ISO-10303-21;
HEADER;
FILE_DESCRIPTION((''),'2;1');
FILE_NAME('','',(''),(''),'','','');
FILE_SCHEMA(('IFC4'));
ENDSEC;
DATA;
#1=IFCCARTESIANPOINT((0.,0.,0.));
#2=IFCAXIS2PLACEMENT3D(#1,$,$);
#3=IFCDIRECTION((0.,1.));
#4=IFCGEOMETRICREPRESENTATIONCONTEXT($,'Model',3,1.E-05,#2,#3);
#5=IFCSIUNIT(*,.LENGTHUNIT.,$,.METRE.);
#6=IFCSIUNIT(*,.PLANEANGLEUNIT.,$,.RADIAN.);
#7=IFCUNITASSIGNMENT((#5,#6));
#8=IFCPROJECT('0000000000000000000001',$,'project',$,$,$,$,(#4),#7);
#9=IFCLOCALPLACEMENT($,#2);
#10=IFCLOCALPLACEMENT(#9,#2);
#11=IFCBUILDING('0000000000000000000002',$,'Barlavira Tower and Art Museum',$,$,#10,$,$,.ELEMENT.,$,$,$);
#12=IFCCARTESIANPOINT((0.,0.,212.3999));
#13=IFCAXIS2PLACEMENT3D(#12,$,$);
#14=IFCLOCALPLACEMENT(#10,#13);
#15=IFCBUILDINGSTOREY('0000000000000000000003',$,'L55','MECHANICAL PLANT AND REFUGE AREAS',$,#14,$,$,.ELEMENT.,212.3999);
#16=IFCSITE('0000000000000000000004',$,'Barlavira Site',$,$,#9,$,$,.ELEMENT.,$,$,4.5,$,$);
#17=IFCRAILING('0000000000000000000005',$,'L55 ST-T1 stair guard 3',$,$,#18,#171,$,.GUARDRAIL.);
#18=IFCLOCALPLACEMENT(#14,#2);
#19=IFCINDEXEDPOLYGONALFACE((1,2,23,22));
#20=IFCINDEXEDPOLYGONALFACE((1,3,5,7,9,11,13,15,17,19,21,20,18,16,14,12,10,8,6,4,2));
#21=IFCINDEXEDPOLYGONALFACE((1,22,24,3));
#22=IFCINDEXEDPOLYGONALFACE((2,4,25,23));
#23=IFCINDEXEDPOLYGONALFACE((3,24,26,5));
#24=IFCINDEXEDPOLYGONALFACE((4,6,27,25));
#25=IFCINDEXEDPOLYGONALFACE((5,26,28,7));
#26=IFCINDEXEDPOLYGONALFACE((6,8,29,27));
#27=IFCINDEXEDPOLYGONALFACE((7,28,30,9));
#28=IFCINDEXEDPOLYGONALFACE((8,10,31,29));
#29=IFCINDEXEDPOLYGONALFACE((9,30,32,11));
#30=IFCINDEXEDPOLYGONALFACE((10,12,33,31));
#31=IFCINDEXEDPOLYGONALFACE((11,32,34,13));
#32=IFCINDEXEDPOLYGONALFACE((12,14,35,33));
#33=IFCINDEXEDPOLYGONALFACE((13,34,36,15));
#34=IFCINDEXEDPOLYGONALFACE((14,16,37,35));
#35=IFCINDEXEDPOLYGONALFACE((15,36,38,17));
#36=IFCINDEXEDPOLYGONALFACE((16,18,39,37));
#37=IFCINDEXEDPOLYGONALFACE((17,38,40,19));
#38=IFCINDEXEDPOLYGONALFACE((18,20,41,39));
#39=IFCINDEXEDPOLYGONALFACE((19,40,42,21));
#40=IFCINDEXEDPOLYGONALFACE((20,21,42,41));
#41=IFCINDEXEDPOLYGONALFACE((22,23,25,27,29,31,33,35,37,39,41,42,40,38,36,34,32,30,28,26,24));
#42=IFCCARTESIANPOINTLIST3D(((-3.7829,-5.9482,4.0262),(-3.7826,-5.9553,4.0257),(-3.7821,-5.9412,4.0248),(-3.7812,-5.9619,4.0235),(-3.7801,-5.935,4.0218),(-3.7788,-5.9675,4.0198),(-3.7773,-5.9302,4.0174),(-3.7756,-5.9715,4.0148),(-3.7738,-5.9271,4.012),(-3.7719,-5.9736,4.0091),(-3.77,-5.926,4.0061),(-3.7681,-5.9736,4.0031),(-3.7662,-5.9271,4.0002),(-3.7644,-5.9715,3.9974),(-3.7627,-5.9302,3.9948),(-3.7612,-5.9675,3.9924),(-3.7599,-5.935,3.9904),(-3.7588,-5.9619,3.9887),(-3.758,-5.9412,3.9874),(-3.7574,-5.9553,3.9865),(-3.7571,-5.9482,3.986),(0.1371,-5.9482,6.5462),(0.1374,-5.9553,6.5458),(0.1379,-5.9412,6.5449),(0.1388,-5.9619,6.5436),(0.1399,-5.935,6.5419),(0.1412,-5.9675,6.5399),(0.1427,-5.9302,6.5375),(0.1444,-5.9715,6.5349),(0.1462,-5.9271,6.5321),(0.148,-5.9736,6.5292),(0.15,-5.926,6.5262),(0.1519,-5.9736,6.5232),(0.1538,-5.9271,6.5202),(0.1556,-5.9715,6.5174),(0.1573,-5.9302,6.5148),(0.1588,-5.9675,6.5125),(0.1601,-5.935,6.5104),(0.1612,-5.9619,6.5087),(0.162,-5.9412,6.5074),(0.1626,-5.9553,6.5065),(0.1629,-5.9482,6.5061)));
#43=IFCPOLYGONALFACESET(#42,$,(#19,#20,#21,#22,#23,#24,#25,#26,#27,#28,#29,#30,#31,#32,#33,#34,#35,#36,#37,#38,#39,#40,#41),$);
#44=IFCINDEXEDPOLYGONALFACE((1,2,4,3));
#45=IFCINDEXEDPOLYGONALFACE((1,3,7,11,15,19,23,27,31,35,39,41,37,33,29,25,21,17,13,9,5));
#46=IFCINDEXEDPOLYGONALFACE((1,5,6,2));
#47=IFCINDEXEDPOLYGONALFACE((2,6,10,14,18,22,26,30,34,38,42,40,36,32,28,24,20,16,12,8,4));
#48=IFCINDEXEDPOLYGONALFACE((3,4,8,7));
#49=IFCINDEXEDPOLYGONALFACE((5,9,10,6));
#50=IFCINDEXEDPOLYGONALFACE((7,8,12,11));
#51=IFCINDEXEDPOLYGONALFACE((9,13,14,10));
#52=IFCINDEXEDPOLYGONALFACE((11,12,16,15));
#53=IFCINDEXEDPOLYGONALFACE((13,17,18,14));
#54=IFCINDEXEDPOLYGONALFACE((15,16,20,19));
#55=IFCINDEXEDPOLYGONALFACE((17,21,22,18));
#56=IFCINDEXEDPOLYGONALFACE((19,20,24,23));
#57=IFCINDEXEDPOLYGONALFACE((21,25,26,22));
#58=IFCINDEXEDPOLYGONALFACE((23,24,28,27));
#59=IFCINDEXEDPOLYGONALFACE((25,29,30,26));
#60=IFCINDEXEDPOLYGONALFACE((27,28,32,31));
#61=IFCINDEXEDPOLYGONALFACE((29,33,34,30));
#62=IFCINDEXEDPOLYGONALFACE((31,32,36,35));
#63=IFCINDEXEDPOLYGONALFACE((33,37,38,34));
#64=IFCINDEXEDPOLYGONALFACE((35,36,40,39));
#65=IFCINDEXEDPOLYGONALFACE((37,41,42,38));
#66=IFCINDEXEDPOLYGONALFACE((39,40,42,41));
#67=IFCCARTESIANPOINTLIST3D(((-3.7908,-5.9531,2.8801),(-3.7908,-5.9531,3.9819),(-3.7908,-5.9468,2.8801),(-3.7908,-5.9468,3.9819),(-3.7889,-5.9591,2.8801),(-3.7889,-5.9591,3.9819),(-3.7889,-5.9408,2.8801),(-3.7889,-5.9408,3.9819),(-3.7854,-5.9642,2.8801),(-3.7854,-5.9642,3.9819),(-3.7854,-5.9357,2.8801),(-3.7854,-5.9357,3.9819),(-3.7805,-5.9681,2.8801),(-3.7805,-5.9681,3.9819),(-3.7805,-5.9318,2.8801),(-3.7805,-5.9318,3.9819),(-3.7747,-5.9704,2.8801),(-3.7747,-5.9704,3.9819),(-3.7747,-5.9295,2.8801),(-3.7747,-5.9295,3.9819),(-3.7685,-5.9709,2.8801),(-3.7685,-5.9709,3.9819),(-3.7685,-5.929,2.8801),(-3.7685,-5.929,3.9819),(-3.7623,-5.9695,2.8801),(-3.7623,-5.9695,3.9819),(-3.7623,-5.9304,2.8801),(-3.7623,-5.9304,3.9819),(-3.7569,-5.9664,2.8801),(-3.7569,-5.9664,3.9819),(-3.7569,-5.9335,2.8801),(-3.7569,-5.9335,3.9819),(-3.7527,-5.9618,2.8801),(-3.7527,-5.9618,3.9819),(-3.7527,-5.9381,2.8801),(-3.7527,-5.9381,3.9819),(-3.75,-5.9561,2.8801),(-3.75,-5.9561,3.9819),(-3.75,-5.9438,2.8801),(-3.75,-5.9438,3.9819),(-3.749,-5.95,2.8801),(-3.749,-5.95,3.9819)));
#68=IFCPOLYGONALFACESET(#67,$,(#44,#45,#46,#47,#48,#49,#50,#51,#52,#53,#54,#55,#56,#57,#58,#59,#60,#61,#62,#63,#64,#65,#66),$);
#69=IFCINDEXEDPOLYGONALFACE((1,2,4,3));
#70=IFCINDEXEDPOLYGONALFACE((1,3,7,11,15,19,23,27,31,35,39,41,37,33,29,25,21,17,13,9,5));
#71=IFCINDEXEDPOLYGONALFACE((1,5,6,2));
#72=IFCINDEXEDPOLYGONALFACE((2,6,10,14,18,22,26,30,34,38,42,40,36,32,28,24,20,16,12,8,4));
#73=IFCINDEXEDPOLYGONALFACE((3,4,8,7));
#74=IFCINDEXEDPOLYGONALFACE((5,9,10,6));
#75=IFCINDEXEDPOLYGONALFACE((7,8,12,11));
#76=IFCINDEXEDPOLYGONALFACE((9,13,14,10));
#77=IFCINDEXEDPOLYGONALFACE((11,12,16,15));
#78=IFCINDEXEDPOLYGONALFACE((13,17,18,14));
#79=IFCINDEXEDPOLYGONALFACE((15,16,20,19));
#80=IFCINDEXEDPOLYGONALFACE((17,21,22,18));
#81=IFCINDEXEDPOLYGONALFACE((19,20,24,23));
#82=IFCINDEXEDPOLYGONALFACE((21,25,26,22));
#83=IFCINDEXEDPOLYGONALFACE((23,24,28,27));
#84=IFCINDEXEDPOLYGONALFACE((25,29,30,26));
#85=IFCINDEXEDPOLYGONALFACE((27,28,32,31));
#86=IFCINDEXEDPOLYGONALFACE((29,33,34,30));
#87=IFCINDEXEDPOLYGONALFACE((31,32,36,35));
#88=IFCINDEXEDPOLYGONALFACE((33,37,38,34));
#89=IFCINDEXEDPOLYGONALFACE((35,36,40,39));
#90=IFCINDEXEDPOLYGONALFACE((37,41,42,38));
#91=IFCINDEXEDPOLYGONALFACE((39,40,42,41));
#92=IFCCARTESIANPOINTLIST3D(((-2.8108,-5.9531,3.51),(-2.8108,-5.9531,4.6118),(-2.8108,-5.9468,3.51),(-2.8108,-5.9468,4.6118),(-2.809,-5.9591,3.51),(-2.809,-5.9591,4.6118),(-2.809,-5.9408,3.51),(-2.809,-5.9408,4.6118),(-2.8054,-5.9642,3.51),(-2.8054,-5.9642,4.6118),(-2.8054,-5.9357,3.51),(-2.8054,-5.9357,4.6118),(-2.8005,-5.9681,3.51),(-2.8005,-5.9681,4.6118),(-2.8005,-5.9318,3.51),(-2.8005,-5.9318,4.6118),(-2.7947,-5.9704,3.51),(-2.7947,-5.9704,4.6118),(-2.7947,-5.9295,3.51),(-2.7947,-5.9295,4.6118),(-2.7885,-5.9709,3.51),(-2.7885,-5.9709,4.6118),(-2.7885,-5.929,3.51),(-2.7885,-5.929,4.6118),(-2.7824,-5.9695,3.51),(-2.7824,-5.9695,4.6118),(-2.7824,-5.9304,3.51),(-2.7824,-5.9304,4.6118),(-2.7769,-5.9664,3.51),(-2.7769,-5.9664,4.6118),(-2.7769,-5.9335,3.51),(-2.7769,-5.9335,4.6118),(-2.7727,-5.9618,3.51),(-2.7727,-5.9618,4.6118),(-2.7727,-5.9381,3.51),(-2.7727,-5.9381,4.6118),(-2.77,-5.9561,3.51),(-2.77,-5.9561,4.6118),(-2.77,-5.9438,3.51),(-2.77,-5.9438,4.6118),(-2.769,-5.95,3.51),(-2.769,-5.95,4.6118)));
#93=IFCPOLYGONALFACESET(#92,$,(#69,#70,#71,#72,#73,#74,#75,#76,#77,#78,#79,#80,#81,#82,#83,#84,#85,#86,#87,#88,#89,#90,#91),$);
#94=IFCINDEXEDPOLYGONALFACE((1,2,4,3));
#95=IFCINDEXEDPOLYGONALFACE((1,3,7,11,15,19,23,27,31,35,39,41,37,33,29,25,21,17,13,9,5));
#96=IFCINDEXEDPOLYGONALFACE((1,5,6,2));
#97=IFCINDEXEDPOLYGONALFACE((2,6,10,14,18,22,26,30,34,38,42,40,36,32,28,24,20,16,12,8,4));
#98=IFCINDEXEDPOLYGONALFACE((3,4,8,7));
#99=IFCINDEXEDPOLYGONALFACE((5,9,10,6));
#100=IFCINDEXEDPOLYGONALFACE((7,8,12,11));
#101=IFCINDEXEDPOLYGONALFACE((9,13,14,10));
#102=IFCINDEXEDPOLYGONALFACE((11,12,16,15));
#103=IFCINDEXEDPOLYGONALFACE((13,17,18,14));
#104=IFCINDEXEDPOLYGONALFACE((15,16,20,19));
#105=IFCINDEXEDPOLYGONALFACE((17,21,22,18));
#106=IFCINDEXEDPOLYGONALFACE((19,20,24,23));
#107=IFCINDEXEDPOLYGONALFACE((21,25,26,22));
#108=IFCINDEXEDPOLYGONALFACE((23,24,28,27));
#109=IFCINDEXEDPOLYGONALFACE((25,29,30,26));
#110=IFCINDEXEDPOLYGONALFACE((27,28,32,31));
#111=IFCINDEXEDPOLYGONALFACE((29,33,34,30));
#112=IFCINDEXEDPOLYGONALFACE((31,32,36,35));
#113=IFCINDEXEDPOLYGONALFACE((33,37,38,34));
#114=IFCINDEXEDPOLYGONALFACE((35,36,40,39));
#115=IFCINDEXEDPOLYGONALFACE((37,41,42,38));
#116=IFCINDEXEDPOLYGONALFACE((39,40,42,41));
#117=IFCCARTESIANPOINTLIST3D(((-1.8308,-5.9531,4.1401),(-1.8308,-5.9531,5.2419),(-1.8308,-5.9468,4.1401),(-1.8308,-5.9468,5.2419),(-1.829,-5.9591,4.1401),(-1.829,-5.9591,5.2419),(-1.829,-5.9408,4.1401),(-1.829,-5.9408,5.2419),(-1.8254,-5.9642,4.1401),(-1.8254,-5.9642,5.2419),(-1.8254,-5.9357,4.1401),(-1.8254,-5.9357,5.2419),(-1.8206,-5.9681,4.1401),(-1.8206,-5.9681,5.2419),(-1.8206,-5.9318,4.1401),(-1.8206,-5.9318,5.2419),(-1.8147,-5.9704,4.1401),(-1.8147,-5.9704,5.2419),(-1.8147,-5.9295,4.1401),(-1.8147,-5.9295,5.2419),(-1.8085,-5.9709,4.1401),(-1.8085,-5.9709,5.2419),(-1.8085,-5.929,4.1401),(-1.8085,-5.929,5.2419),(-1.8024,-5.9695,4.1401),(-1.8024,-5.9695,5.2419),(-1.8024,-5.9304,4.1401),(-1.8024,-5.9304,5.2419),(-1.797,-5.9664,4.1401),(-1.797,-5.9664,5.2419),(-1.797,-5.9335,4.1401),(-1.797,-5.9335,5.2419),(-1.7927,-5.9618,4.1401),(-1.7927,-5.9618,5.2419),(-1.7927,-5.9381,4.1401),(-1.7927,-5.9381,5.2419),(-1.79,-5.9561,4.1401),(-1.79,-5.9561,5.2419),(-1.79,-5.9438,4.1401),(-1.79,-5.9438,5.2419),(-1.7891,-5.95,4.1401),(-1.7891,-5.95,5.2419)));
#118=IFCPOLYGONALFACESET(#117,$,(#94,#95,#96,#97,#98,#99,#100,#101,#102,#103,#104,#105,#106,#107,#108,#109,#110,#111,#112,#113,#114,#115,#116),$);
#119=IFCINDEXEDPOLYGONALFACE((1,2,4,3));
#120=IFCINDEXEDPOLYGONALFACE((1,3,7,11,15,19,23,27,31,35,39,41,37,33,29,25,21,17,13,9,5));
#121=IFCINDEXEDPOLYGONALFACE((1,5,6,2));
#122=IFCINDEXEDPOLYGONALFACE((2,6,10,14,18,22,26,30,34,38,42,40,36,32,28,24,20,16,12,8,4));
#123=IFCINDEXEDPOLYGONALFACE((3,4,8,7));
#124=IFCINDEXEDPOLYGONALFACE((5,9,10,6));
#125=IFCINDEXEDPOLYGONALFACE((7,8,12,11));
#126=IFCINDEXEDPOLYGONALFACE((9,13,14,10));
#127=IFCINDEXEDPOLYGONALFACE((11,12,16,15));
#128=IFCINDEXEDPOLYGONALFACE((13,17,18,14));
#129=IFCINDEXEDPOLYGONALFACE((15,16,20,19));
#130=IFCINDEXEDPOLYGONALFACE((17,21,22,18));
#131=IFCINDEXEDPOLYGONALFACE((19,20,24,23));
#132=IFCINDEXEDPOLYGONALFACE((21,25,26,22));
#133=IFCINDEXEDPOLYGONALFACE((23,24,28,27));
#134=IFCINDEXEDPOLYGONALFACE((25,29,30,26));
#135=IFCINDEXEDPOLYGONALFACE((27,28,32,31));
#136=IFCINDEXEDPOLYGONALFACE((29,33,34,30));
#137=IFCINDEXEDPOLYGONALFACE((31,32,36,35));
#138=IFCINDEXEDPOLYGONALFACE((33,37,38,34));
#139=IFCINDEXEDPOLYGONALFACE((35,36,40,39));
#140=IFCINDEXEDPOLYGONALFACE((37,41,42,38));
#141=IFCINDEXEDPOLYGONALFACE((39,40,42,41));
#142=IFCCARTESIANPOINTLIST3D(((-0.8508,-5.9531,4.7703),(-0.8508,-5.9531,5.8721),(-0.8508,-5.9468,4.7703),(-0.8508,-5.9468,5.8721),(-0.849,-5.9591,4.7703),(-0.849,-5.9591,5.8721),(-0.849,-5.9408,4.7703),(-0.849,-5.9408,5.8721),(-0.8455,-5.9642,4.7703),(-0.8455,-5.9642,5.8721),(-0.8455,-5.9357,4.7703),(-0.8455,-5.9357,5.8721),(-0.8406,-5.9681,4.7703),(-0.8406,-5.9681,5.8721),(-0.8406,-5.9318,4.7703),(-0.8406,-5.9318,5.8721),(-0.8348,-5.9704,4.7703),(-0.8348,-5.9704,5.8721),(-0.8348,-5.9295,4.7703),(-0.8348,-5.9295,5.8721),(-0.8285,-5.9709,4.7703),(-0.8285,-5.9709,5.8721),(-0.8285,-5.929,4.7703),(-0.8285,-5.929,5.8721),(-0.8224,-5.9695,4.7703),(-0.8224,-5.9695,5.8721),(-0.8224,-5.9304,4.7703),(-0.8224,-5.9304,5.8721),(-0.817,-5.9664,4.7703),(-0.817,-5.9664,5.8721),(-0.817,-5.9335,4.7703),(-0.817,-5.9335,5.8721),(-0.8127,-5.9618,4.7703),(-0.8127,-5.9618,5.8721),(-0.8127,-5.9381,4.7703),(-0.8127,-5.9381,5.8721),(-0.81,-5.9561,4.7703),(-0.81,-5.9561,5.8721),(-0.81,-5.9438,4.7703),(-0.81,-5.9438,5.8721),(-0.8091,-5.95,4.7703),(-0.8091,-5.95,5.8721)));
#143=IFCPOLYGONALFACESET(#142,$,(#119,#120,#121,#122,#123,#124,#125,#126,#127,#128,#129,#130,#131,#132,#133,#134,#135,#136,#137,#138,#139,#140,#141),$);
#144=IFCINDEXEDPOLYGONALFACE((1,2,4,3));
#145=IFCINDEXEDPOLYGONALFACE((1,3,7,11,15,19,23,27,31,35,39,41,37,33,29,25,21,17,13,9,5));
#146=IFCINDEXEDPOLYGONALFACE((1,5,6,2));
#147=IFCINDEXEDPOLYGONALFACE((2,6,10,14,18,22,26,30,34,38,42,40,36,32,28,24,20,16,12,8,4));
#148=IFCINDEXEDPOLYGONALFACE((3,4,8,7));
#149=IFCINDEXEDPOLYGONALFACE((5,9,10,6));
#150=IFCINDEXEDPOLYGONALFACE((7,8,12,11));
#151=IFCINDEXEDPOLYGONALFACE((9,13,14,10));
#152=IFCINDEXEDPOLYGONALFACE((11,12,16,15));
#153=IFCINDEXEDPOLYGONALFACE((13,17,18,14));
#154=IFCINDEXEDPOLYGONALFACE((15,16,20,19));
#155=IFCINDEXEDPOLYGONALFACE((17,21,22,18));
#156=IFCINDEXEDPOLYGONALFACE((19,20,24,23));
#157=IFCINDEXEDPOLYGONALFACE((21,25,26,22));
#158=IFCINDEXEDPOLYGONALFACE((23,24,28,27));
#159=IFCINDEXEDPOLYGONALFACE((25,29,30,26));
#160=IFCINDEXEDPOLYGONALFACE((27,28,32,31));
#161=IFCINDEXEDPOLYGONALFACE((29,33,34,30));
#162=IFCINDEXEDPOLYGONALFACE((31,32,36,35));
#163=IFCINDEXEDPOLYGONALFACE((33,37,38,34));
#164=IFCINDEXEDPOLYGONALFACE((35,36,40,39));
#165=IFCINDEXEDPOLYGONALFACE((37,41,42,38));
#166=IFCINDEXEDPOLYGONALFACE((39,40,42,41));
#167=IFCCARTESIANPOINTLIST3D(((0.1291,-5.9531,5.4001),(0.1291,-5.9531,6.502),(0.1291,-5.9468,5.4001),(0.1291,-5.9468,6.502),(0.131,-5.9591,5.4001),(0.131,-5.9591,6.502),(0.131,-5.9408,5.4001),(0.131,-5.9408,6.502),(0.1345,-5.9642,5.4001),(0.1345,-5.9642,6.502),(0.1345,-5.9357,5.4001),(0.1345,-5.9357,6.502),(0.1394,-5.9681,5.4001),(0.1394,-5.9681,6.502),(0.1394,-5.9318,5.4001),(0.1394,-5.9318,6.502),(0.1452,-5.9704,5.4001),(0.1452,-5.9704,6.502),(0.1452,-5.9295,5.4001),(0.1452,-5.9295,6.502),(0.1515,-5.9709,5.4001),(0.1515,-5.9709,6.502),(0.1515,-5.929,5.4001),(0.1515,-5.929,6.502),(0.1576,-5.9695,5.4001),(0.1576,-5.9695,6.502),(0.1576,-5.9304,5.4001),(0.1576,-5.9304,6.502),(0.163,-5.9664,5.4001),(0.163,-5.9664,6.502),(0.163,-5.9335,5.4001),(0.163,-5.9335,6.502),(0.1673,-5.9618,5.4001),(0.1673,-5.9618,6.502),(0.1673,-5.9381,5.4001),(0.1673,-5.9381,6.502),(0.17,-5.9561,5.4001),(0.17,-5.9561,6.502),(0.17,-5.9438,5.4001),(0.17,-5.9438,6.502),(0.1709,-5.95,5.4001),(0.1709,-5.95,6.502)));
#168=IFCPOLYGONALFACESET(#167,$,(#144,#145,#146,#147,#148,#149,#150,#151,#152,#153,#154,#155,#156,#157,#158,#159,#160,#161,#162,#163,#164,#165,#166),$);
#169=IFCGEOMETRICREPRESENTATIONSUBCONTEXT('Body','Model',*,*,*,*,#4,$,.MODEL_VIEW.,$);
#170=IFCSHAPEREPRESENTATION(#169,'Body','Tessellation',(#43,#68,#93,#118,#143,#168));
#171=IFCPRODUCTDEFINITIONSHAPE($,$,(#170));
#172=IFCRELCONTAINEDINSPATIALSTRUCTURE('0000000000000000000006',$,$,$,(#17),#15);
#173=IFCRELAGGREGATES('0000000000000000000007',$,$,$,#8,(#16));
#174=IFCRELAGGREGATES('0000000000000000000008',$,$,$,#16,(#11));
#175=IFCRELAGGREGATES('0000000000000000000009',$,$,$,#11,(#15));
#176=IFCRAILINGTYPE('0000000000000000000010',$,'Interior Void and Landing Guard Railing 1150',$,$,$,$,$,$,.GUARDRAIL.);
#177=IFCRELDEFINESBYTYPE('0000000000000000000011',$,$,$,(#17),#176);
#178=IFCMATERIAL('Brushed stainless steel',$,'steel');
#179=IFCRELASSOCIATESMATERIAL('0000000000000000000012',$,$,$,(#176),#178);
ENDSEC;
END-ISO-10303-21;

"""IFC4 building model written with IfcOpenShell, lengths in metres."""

from ifc_helpers import new_model, si_unit, direction, frame, origin, origin_2d, place, context, subcontext, project, spatial, circle, extrude, material, type_object, element, save


model = new_model("IFC4")

# Units and contexts
model_context = context("Model", 3, precision=1e-05, world=origin(), true_north=direction((0.0, 1.0)))
body_context = subcontext(model_context, "Body", "Model", "MODEL_VIEW")
ifc_project = project(units=[si_unit("LENGTHUNIT", "METRE"), si_unit("PLANEANGLEUNIT", "RADIAN")], contexts=[model_context])

# Site, building, storey
site_placement = place(None, origin())
site = spatial("IfcSite", under=ifc_project, at=site_placement, Name="Barlavira Site", CompositionType="ELEMENT", RefElevation=4.5)
building_placement = place(site_placement, origin())
building = spatial("IfcBuilding", under=site, at=building_placement, Name="Barlavira Tower and Art Museum", CompositionType="ELEMENT")
storey_placement = place(building_placement, frame((0.0, 0.0, 212.3999)))
storey = spatial("IfcBuildingStorey", under=building, at=storey_placement, Name="L55", Description="MECHANICAL PLANT AND REFUGE AREAS", CompositionType="ELEMENT", Elevation=212.3999)

# Shared definitions
ifc_material_1 = material(Name="Brushed stainless steel", Category="steel")

# Railing
railing_type_1 = type_object("IfcRailingType", Name="Interior Void and Landing Guard Railing 1150", PredefinedType="GUARDRAIL", material=ifc_material_1)
railing_1_placement = place(storey_placement, frame((-3.77, -5.95, 2.8801)))
element("IfcRailing", 1, at=railing_1_placement, inside=storey, type_object=railing_type_1, Name="L55 ST-T1 stair guard 3", PredefinedType="GUARDRAIL", context=body_context, shape_type="SweptSolid", body=[
    extrude(circle(Radius=0.0239, at=origin_2d()), frame((0.0, 0.0, 1.126), z_axis=(0.841172, 0.0, 0.540768), x_axis=(0.0, 1.0, 0.0)), (0.0, 0.0, 1.0), 4.6602),
    extrude(circle(Radius=0.021, at=origin_2d()), origin(), (0.0, 0.0, 1.0), 1.1018),
    extrude(circle(Radius=0.021, at=origin_2d()), frame((0.98, 0.0, 0.6299)), (0.0, 0.0, 1.0), 1.1018),
    extrude(circle(Radius=0.021, at=origin_2d()), frame((1.96, 0.0, 1.26)), (0.0, 0.0, 1.0), 1.1018),
    extrude(circle(Radius=0.021, at=origin_2d()), frame((2.9399, 0.0, 1.8901)), (0.0, 0.0, 1.0), 1.1018),
    extrude(circle(Radius=0.021, at=origin_2d()), frame((3.9199, 0.0, 2.52)), (0.0, 0.0, 1.0), 1.1018),
])

save(model, "model.ifc")
